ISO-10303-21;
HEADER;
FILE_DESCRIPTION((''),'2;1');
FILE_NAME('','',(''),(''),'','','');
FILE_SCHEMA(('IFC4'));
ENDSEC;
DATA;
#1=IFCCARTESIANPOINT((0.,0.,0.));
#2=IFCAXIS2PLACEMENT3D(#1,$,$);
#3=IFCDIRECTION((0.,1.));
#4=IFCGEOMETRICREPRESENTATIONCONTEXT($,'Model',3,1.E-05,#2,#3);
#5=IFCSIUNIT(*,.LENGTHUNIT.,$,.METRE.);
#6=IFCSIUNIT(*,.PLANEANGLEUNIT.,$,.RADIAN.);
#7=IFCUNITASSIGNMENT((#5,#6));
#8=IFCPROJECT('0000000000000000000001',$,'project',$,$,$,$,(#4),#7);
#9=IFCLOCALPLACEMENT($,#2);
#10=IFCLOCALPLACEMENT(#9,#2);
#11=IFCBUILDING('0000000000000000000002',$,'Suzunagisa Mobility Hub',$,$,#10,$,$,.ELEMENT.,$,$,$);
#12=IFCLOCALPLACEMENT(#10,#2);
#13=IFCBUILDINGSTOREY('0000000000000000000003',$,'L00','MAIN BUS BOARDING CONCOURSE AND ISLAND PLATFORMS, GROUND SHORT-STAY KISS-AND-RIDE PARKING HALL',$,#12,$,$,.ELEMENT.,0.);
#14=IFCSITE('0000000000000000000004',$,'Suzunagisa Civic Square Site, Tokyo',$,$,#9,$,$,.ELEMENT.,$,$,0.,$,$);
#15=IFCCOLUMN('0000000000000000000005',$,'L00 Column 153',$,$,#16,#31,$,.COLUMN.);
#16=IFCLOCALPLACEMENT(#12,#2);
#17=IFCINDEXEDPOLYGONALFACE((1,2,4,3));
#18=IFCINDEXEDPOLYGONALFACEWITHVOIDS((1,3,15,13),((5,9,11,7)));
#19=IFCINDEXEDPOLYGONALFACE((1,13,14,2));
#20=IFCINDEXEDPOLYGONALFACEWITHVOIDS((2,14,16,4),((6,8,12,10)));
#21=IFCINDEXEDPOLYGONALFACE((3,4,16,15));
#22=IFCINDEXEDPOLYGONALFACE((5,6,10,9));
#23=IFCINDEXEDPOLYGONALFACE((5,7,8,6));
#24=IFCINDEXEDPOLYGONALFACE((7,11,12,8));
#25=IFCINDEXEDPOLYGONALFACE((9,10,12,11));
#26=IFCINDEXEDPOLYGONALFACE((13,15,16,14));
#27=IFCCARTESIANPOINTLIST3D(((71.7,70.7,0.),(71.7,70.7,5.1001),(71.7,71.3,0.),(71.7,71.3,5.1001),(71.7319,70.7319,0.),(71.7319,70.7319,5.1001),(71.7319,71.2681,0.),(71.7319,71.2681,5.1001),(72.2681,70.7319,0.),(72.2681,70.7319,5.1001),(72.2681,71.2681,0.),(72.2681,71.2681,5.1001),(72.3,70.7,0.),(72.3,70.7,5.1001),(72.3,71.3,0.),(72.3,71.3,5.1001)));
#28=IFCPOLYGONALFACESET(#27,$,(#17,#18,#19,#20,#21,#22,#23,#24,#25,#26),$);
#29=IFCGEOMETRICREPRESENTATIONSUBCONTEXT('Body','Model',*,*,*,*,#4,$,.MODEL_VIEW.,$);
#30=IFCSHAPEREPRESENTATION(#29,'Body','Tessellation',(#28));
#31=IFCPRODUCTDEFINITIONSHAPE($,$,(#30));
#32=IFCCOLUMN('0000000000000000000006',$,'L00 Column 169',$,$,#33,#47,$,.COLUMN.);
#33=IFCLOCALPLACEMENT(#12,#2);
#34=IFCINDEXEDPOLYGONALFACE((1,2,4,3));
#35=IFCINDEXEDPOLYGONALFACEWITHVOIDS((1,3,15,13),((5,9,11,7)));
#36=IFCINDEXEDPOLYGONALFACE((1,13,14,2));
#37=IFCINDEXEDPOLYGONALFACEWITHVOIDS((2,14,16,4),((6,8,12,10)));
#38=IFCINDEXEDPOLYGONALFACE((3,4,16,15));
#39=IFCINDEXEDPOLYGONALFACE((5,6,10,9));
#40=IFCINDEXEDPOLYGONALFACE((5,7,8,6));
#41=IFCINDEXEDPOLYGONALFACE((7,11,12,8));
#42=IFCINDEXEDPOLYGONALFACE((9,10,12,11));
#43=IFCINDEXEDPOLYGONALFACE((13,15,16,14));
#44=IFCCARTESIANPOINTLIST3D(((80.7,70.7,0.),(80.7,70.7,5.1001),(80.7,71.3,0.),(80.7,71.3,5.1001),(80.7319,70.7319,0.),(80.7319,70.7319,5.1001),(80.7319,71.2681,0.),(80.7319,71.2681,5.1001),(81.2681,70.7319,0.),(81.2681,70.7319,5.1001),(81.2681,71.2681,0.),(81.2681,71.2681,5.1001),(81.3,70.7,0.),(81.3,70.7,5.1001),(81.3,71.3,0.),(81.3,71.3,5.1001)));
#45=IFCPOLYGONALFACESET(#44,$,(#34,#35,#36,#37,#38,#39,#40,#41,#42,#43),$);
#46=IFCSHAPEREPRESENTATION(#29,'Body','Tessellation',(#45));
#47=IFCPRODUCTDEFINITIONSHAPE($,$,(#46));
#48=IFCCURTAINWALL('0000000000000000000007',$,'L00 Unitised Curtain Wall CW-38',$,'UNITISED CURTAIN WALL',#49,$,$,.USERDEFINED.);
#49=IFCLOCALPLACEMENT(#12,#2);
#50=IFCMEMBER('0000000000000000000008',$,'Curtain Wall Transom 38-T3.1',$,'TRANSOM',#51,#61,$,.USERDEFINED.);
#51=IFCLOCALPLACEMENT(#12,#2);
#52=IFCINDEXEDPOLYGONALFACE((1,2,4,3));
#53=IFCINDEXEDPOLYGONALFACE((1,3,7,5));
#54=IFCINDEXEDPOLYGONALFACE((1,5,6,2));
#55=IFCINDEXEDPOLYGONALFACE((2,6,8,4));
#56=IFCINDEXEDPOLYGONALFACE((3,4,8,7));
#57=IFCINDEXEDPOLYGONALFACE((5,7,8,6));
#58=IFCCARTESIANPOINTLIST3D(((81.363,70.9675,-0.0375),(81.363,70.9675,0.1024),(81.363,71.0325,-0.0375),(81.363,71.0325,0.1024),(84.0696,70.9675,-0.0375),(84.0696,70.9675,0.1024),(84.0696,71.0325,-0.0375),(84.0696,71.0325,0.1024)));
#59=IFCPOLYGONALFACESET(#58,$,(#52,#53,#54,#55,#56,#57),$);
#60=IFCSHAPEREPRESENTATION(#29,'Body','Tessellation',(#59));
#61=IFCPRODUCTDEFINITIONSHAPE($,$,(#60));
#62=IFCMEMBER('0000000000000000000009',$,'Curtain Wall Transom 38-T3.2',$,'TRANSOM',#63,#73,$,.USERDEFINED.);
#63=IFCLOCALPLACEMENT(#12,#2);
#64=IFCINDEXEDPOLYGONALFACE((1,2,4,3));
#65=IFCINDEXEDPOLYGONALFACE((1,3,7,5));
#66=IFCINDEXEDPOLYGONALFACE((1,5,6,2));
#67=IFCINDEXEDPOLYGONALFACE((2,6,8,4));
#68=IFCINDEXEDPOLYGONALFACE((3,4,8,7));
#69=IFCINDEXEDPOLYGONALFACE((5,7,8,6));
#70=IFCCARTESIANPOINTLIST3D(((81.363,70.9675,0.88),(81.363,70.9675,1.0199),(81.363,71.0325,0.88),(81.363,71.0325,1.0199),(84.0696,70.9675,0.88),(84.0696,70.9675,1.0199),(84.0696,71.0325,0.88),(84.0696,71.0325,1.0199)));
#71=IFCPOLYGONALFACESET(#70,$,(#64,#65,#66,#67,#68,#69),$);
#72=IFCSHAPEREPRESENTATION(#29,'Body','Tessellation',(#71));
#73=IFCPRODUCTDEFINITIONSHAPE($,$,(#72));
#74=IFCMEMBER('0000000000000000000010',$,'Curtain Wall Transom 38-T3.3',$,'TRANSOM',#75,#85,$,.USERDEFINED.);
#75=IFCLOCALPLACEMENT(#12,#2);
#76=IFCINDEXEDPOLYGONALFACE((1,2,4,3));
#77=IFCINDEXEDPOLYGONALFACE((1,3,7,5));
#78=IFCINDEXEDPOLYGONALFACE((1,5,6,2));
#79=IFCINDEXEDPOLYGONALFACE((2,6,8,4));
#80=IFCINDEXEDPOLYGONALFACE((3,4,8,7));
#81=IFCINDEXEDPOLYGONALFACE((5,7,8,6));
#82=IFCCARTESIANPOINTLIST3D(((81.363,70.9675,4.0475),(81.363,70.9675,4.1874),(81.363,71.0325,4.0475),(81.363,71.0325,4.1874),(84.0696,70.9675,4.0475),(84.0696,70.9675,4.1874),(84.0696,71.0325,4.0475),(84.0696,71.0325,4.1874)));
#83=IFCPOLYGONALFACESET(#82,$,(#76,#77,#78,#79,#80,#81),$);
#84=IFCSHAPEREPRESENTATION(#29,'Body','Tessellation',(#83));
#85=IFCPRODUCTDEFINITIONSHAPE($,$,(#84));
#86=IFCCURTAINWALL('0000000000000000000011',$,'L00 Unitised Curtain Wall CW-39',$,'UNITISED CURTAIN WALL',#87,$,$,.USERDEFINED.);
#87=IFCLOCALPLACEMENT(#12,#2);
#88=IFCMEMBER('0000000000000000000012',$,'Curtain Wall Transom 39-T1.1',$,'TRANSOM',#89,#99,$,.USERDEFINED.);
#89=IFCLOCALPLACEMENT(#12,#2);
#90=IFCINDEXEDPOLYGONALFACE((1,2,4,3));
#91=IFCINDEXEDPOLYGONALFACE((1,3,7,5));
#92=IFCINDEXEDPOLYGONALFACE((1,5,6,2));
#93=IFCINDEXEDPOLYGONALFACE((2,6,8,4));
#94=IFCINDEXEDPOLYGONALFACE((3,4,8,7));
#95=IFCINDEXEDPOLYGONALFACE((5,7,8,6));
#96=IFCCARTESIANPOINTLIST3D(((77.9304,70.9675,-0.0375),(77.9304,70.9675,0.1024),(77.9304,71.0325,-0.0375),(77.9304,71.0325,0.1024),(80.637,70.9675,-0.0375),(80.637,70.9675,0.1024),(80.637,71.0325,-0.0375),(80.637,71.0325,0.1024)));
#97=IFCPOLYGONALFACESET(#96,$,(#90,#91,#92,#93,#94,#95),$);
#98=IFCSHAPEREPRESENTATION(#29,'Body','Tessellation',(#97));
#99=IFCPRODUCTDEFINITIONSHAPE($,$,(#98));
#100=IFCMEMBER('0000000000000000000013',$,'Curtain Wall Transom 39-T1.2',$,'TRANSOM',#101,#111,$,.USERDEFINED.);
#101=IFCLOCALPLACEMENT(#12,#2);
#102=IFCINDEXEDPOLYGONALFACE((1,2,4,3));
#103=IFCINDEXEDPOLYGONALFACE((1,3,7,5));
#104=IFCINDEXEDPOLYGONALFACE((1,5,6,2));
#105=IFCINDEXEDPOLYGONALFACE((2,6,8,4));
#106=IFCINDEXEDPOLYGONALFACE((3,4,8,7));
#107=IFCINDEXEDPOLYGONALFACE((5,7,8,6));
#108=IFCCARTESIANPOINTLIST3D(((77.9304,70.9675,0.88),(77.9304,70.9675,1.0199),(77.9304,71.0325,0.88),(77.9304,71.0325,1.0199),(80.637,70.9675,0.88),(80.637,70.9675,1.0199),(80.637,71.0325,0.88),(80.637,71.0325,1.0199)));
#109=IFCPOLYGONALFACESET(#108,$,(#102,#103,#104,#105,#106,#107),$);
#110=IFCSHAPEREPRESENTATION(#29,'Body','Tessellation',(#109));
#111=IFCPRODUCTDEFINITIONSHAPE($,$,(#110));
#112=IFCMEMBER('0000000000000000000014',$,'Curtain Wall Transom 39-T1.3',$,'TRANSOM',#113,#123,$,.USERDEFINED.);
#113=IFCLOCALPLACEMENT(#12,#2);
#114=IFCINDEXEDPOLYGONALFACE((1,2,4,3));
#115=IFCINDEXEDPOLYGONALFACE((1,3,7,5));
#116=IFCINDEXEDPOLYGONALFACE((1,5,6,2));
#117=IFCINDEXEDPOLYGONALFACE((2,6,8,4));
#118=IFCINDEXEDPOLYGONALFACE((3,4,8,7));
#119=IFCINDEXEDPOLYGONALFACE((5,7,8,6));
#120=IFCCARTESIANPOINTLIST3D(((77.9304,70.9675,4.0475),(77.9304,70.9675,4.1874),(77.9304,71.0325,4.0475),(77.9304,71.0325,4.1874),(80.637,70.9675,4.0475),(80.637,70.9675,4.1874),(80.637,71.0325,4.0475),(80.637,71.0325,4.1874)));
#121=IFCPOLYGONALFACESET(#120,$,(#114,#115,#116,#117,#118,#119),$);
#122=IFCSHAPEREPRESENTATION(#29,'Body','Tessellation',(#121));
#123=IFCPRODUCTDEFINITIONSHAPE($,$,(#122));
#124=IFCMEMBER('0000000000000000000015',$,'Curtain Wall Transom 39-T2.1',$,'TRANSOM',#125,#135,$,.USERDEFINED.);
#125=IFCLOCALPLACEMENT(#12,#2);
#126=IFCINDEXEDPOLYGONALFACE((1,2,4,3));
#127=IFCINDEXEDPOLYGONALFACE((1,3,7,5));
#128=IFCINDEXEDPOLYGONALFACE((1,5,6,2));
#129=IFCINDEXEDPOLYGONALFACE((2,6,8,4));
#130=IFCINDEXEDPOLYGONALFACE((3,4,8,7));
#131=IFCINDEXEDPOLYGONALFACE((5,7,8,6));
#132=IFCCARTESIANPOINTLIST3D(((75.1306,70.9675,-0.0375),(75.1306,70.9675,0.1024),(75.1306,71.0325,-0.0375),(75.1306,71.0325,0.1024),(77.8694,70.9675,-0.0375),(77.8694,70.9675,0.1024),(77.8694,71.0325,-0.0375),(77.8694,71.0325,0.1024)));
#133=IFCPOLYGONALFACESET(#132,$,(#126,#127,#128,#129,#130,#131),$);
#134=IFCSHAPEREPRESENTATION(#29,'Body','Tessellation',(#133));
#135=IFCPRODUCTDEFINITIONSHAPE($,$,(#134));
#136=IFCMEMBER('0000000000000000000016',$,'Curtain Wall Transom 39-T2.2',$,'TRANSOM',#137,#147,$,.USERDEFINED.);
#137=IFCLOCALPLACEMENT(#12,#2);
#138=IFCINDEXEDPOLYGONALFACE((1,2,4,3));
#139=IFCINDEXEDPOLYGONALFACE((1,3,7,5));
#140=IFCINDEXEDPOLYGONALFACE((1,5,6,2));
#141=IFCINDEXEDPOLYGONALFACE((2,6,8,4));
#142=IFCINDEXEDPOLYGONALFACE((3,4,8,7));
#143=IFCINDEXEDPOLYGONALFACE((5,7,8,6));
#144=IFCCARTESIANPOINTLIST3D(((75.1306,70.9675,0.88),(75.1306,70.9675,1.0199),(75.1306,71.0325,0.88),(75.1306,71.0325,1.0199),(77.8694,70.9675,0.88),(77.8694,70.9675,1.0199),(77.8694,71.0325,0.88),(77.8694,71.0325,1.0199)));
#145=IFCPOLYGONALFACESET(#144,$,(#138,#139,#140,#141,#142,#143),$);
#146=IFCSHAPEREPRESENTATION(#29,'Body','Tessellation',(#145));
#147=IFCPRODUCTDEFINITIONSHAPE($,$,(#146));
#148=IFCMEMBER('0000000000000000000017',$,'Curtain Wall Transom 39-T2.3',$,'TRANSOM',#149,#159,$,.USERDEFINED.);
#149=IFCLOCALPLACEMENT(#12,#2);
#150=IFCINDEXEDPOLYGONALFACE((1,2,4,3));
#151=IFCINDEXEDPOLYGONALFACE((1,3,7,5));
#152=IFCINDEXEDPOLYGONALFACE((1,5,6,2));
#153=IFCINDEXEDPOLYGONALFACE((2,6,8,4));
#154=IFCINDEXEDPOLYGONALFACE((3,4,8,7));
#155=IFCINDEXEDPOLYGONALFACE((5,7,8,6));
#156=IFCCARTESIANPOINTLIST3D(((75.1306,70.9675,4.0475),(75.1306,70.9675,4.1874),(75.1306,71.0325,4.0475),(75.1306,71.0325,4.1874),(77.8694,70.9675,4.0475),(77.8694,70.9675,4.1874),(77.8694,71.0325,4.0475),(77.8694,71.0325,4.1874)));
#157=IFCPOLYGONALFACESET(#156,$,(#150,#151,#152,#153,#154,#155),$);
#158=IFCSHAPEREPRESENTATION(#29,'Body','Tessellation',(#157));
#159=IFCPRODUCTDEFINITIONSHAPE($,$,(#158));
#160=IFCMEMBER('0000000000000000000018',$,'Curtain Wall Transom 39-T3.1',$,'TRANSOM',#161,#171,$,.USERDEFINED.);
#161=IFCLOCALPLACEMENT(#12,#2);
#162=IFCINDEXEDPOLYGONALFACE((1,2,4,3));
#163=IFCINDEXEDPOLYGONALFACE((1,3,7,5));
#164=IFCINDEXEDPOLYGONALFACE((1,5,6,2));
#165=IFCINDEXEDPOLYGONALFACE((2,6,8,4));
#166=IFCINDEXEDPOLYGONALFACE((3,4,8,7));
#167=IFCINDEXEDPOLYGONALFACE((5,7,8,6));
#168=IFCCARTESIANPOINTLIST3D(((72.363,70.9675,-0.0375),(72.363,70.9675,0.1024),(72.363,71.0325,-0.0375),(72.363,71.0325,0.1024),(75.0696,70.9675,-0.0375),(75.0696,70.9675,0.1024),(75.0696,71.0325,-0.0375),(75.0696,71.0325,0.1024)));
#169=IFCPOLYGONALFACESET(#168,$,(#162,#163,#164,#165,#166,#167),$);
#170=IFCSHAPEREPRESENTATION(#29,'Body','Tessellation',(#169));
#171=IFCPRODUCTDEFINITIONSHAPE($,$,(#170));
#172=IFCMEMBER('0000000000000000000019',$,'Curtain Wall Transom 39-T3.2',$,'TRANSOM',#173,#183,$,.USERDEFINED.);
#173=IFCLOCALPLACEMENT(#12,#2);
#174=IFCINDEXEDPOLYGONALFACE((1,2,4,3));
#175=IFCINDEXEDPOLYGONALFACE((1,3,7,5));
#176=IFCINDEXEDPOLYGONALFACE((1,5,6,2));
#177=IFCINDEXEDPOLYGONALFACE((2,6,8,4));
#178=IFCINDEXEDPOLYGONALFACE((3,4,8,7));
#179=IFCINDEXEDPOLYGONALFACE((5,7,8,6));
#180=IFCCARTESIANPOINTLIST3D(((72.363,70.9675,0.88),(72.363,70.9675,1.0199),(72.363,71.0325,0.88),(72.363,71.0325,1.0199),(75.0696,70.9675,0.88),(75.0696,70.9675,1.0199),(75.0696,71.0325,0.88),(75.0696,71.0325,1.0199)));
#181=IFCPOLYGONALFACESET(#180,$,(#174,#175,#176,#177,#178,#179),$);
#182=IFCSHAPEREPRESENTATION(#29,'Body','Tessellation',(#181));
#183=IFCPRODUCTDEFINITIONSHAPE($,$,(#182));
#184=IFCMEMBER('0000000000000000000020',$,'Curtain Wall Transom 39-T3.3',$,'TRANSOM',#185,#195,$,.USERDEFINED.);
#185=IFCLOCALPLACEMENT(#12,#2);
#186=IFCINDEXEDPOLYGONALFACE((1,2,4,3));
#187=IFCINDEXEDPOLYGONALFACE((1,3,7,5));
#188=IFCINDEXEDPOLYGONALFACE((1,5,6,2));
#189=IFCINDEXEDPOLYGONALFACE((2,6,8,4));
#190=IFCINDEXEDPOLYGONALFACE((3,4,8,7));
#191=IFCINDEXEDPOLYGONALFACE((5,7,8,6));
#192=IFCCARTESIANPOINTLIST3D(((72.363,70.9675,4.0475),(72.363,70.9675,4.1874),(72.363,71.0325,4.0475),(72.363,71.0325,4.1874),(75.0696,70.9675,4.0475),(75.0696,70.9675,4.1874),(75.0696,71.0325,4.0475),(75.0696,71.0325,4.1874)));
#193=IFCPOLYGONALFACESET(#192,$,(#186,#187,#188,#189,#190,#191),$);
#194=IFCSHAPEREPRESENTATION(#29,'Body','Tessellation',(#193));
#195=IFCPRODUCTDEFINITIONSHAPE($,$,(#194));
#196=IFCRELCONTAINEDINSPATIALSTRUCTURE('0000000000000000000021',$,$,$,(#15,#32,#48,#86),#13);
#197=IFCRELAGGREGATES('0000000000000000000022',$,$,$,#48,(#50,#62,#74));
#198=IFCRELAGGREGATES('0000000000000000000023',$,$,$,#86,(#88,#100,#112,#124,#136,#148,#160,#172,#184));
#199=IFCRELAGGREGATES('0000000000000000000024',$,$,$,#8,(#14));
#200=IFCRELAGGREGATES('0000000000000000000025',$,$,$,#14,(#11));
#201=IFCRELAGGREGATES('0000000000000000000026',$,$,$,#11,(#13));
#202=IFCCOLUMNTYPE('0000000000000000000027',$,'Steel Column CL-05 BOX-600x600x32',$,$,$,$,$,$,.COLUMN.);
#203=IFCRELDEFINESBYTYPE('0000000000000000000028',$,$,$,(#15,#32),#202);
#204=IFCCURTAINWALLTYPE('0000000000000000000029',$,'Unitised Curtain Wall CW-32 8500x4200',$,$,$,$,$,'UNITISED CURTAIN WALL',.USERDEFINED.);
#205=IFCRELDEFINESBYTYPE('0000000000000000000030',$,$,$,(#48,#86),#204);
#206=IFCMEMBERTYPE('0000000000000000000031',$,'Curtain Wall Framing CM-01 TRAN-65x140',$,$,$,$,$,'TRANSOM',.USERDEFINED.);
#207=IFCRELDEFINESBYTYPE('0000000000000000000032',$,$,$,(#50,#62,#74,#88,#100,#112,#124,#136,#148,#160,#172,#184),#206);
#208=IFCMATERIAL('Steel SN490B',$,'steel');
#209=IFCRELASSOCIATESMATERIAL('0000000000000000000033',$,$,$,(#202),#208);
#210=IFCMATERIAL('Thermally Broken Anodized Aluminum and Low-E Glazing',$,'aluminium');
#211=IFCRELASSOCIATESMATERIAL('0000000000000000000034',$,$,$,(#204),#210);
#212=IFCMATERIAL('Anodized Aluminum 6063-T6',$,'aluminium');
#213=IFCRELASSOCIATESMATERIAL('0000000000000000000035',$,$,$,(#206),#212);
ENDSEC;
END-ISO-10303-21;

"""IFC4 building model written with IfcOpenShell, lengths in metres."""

from ifc_helpers import new_model, si_unit, direction, frame, origin, origin_2d, place, context, subcontext, project, spatial, rectangle, hollow_rectangle, extrude, material, material_profile, profile_set, type_object, element, aggregate, save


model = new_model("IFC4")

# Units and contexts
model_context = context("Model", 3, precision=1e-05, world=origin(), true_north=direction((0.0, 1.0)))
body_context = subcontext(model_context, "Body", "Model", "MODEL_VIEW")
ifc_project = project(units=[si_unit("LENGTHUNIT", "METRE"), si_unit("PLANEANGLEUNIT", "RADIAN")], contexts=[model_context])

# Site, building, storey
site_placement = place(None, origin())
site = spatial("IfcSite", under=ifc_project, at=site_placement, Name="Suzunagisa Civic Square Site, Tokyo", CompositionType="ELEMENT", RefElevation=0.0)
building_placement = place(site_placement, origin())
building = spatial("IfcBuilding", under=site, at=building_placement, Name="Suzunagisa Mobility Hub", CompositionType="ELEMENT")
storey_placement = place(building_placement, origin())
storey = spatial("IfcBuildingStorey", under=building, at=storey_placement, Name="L00", Description="MAIN BUS BOARDING CONCOURSE AND ISLAND PLATFORMS, GROUND SHORT-STAY KISS-AND-RIDE PARKING HALL", CompositionType="ELEMENT", Elevation=0.0)

# Columns
ifc_material_1 = material(Name="Steel SN490B", Category="steel")
ifc_material_profile_1 = material_profile(ifc_material_1, hollow_rectangle(XDim=0.6001, YDim=0.6001, WallThickness=0.032, at=origin_2d()), Name="BOX-600x600x32")
ifc_profile_set_1 = profile_set([ifc_material_profile_1], Name="Steel SN490B")
column_type = type_object("IfcColumnType", Name="Steel Column CL-05 BOX-600x600x32", PredefinedType="COLUMN", material=ifc_profile_set_1)
for number, where, z_axis, x_axis, name in (
    (1, (72.0, 71.0, 0.0), (0.0, 0.0, 1.0), (1.0, 0.0, 0.0), "L00 Column 153"),
    (2, (81.0, 71.0, 0.0), (0.0, 0.0, 1.0), (1.0, 0.0, 0.0), "L00 Column 169"),
):
    element("IfcColumn", number, at=place(storey_placement, frame(where, z_axis=z_axis, x_axis=x_axis)), inside=storey, type_object=column_type, Name=name, PredefinedType="COLUMN", context=body_context, shape_type="SweptSolid", body=[
        extrude(hollow_rectangle(XDim=0.6001, YDim=0.6001, WallThickness=0.032, at=origin_2d()), origin(), (0.0, 0.0, 1.0), 5.1001),
    ])

# Curtain walls, members
ifc_material_2 = material(Name="Thermally Broken Anodized Aluminum and Low-E Glazing", Category="aluminium")
curtain_wall_type = type_object("IfcCurtainWallType", Name="Unitised Curtain Wall CW-32 8500x4200", ElementType="UNITISED CURTAIN WALL", PredefinedType="USERDEFINED", material=ifc_material_2)
curtain_wall_1_placement = place(storey_placement, origin())
curtain_wall_1 = element("IfcCurtainWall", 3, at=curtain_wall_1_placement, inside=storey, type_object=curtain_wall_type, Name="L00 Unitised Curtain Wall CW-38", ObjectType="UNITISED CURTAIN WALL", PredefinedType="USERDEFINED")
ifc_material_3 = material(Name="Anodized Aluminum 6063-T6", Category="aluminium")
ifc_material_profile_2 = material_profile(ifc_material_3, rectangle(XDim=0.0649, YDim=0.1399, at=origin_2d()), Name="TRAN-65x140")
ifc_profile_set_2 = profile_set([ifc_material_profile_2], Name="Anodized Aluminum 6063-T6")
member_type_1 = type_object("IfcMemberType", Name="Curtain Wall Framing CM-01 TRAN-65x140", ElementType="TRANSOM", PredefinedType="USERDEFINED", material=ifc_profile_set_2)
member_1_placement = place(storey_placement, frame((84.0696, 71.0, 0.0325), z_axis=(-1.0, 0.0, 0.0), x_axis=(0.0, -1.0, 0.0)))
member_1 = element("IfcMember", 4, at=member_1_placement, type_object=member_type_1, Name="Curtain Wall Transom 38-T3.1", ObjectType="TRANSOM", PredefinedType="USERDEFINED", context=body_context, shape_type="SweptSolid", body=[
    extrude(rectangle(XDim=0.0649, YDim=0.1399, at=origin_2d()), origin(), (0.0, 0.0, 1.0), 2.7065),
])
member_2_placement = place(storey_placement, frame((84.0696, 71.0, 0.95), z_axis=(-1.0, 0.0, 0.0), x_axis=(0.0, -1.0, 0.0)))
member_2 = element("IfcMember", 5, at=member_2_placement, type_object=member_type_1, Name="Curtain Wall Transom 38-T3.2", ObjectType="TRANSOM", PredefinedType="USERDEFINED", context=body_context, shape_type="SweptSolid", body=[
    extrude(rectangle(XDim=0.0649, YDim=0.1399, at=origin_2d()), origin(), (0.0, 0.0, 1.0), 2.7065),
])
member_3_placement = place(storey_placement, frame((84.0696, 71.0, 4.1174), z_axis=(-1.0, 0.0, 0.0), x_axis=(0.0, -1.0, 0.0)))
member_3 = element("IfcMember", 6, at=member_3_placement, type_object=member_type_1, Name="Curtain Wall Transom 38-T3.3", ObjectType="TRANSOM", PredefinedType="USERDEFINED", context=body_context, shape_type="SweptSolid", body=[
    extrude(rectangle(XDim=0.0649, YDim=0.1399, at=origin_2d()), origin(), (0.0, 0.0, 1.0), 2.7065),
])
curtain_wall_2_placement = place(storey_placement, origin())
curtain_wall_2 = element("IfcCurtainWall", 7, at=curtain_wall_2_placement, inside=storey, type_object=curtain_wall_type, Name="L00 Unitised Curtain Wall CW-39", ObjectType="UNITISED CURTAIN WALL", PredefinedType="USERDEFINED")
member_4_placement = place(storey_placement, frame((80.637, 71.0, 0.0325), z_axis=(-1.0, 0.0, 0.0), x_axis=(0.0, -1.0, 0.0)))
member_4 = element("IfcMember", 8, at=member_4_placement, type_object=member_type_1, Name="Curtain Wall Transom 39-T1.1", ObjectType="TRANSOM", PredefinedType="USERDEFINED", context=body_context, shape_type="SweptSolid", body=[
    extrude(rectangle(XDim=0.0649, YDim=0.1399, at=origin_2d()), origin(), (0.0, 0.0, 1.0), 2.7065),
])
member_5_placement = place(storey_placement, frame((80.637, 71.0, 0.95), z_axis=(-1.0, 0.0, 0.0), x_axis=(0.0, -1.0, 0.0)))
member_5 = element("IfcMember", 9, at=member_5_placement, type_object=member_type_1, Name="Curtain Wall Transom 39-T1.2", ObjectType="TRANSOM", PredefinedType="USERDEFINED", context=body_context, shape_type="SweptSolid", body=[
    extrude(rectangle(XDim=0.0649, YDim=0.1399, at=origin_2d()), origin(), (0.0, 0.0, 1.0), 2.7065),
])
member_6_placement = place(storey_placement, frame((80.637, 71.0, 4.1174), z_axis=(-1.0, 0.0, 0.0), x_axis=(0.0, -1.0, 0.0)))
member_6 = element("IfcMember", 10, at=member_6_placement, type_object=member_type_1, Name="Curtain Wall Transom 39-T1.3", ObjectType="TRANSOM", PredefinedType="USERDEFINED", context=body_context, shape_type="SweptSolid", body=[
    extrude(rectangle(XDim=0.0649, YDim=0.1399, at=origin_2d()), origin(), (0.0, 0.0, 1.0), 2.7065),
])
member_7_placement = place(storey_placement, frame((77.8694, 71.0, 0.0325), z_axis=(-1.0, 0.0, 0.0), x_axis=(0.0, -1.0, 0.0)))
member_7 = element("IfcMember", 11, at=member_7_placement, type_object=member_type_1, Name="Curtain Wall Transom 39-T2.1", ObjectType="TRANSOM", PredefinedType="USERDEFINED", context=body_context, shape_type="SweptSolid", body=[
    extrude(rectangle(XDim=0.0649, YDim=0.1399, at=origin_2d()), origin(), (0.0, 0.0, 1.0), 2.7388),
])
member_8_placement = place(storey_placement, frame((77.8694, 71.0, 0.95), z_axis=(-1.0, 0.0, 0.0), x_axis=(0.0, -1.0, 0.0)))
member_8 = element("IfcMember", 12, at=member_8_placement, type_object=member_type_1, Name="Curtain Wall Transom 39-T2.2", ObjectType="TRANSOM", PredefinedType="USERDEFINED", context=body_context, shape_type="SweptSolid", body=[
    extrude(rectangle(XDim=0.0649, YDim=0.1399, at=origin_2d()), origin(), (0.0, 0.0, 1.0), 2.7388),
])
member_9_placement = place(storey_placement, frame((77.8694, 71.0, 4.1174), z_axis=(-1.0, 0.0, 0.0), x_axis=(0.0, -1.0, 0.0)))
member_9 = element("IfcMember", 13, at=member_9_placement, type_object=member_type_1, Name="Curtain Wall Transom 39-T2.3", ObjectType="TRANSOM", PredefinedType="USERDEFINED", context=body_context, shape_type="SweptSolid", body=[
    extrude(rectangle(XDim=0.0649, YDim=0.1399, at=origin_2d()), origin(), (0.0, 0.0, 1.0), 2.7388),
])
member_10_placement = place(storey_placement, frame((75.0696, 71.0, 0.0325), z_axis=(-1.0, 0.0, 0.0), x_axis=(0.0, -1.0, 0.0)))
member_10 = element("IfcMember", 14, at=member_10_placement, type_object=member_type_1, Name="Curtain Wall Transom 39-T3.1", ObjectType="TRANSOM", PredefinedType="USERDEFINED", context=body_context, shape_type="SweptSolid", body=[
    extrude(rectangle(XDim=0.0649, YDim=0.1399, at=origin_2d()), origin(), (0.0, 0.0, 1.0), 2.7065),
])
member_11_placement = place(storey_placement, frame((75.0696, 71.0, 0.95), z_axis=(-1.0, 0.0, 0.0), x_axis=(0.0, -1.0, 0.0)))
member_11 = element("IfcMember", 15, at=member_11_placement, type_object=member_type_1, Name="Curtain Wall Transom 39-T3.2", ObjectType="TRANSOM", PredefinedType="USERDEFINED", context=body_context, shape_type="SweptSolid", body=[
    extrude(rectangle(XDim=0.0649, YDim=0.1399, at=origin_2d()), origin(), (0.0, 0.0, 1.0), 2.7065),
])
member_12_placement = place(storey_placement, frame((75.0696, 71.0, 4.1174), z_axis=(-1.0, 0.0, 0.0), x_axis=(0.0, -1.0, 0.0)))
member_12 = element("IfcMember", 16, at=member_12_placement, type_object=member_type_1, Name="Curtain Wall Transom 39-T3.3", ObjectType="TRANSOM", PredefinedType="USERDEFINED", context=body_context, shape_type="SweptSolid", body=[
    extrude(rectangle(XDim=0.0649, YDim=0.1399, at=origin_2d()), origin(), (0.0, 0.0, 1.0), 2.7065),
])

aggregate(curtain_wall_1, [member_1, member_2, member_3])
aggregate(curtain_wall_2, [member_4, member_5, member_6, member_7, member_8, member_9, member_10, member_11, member_12])

save(model, "model.ifc")
